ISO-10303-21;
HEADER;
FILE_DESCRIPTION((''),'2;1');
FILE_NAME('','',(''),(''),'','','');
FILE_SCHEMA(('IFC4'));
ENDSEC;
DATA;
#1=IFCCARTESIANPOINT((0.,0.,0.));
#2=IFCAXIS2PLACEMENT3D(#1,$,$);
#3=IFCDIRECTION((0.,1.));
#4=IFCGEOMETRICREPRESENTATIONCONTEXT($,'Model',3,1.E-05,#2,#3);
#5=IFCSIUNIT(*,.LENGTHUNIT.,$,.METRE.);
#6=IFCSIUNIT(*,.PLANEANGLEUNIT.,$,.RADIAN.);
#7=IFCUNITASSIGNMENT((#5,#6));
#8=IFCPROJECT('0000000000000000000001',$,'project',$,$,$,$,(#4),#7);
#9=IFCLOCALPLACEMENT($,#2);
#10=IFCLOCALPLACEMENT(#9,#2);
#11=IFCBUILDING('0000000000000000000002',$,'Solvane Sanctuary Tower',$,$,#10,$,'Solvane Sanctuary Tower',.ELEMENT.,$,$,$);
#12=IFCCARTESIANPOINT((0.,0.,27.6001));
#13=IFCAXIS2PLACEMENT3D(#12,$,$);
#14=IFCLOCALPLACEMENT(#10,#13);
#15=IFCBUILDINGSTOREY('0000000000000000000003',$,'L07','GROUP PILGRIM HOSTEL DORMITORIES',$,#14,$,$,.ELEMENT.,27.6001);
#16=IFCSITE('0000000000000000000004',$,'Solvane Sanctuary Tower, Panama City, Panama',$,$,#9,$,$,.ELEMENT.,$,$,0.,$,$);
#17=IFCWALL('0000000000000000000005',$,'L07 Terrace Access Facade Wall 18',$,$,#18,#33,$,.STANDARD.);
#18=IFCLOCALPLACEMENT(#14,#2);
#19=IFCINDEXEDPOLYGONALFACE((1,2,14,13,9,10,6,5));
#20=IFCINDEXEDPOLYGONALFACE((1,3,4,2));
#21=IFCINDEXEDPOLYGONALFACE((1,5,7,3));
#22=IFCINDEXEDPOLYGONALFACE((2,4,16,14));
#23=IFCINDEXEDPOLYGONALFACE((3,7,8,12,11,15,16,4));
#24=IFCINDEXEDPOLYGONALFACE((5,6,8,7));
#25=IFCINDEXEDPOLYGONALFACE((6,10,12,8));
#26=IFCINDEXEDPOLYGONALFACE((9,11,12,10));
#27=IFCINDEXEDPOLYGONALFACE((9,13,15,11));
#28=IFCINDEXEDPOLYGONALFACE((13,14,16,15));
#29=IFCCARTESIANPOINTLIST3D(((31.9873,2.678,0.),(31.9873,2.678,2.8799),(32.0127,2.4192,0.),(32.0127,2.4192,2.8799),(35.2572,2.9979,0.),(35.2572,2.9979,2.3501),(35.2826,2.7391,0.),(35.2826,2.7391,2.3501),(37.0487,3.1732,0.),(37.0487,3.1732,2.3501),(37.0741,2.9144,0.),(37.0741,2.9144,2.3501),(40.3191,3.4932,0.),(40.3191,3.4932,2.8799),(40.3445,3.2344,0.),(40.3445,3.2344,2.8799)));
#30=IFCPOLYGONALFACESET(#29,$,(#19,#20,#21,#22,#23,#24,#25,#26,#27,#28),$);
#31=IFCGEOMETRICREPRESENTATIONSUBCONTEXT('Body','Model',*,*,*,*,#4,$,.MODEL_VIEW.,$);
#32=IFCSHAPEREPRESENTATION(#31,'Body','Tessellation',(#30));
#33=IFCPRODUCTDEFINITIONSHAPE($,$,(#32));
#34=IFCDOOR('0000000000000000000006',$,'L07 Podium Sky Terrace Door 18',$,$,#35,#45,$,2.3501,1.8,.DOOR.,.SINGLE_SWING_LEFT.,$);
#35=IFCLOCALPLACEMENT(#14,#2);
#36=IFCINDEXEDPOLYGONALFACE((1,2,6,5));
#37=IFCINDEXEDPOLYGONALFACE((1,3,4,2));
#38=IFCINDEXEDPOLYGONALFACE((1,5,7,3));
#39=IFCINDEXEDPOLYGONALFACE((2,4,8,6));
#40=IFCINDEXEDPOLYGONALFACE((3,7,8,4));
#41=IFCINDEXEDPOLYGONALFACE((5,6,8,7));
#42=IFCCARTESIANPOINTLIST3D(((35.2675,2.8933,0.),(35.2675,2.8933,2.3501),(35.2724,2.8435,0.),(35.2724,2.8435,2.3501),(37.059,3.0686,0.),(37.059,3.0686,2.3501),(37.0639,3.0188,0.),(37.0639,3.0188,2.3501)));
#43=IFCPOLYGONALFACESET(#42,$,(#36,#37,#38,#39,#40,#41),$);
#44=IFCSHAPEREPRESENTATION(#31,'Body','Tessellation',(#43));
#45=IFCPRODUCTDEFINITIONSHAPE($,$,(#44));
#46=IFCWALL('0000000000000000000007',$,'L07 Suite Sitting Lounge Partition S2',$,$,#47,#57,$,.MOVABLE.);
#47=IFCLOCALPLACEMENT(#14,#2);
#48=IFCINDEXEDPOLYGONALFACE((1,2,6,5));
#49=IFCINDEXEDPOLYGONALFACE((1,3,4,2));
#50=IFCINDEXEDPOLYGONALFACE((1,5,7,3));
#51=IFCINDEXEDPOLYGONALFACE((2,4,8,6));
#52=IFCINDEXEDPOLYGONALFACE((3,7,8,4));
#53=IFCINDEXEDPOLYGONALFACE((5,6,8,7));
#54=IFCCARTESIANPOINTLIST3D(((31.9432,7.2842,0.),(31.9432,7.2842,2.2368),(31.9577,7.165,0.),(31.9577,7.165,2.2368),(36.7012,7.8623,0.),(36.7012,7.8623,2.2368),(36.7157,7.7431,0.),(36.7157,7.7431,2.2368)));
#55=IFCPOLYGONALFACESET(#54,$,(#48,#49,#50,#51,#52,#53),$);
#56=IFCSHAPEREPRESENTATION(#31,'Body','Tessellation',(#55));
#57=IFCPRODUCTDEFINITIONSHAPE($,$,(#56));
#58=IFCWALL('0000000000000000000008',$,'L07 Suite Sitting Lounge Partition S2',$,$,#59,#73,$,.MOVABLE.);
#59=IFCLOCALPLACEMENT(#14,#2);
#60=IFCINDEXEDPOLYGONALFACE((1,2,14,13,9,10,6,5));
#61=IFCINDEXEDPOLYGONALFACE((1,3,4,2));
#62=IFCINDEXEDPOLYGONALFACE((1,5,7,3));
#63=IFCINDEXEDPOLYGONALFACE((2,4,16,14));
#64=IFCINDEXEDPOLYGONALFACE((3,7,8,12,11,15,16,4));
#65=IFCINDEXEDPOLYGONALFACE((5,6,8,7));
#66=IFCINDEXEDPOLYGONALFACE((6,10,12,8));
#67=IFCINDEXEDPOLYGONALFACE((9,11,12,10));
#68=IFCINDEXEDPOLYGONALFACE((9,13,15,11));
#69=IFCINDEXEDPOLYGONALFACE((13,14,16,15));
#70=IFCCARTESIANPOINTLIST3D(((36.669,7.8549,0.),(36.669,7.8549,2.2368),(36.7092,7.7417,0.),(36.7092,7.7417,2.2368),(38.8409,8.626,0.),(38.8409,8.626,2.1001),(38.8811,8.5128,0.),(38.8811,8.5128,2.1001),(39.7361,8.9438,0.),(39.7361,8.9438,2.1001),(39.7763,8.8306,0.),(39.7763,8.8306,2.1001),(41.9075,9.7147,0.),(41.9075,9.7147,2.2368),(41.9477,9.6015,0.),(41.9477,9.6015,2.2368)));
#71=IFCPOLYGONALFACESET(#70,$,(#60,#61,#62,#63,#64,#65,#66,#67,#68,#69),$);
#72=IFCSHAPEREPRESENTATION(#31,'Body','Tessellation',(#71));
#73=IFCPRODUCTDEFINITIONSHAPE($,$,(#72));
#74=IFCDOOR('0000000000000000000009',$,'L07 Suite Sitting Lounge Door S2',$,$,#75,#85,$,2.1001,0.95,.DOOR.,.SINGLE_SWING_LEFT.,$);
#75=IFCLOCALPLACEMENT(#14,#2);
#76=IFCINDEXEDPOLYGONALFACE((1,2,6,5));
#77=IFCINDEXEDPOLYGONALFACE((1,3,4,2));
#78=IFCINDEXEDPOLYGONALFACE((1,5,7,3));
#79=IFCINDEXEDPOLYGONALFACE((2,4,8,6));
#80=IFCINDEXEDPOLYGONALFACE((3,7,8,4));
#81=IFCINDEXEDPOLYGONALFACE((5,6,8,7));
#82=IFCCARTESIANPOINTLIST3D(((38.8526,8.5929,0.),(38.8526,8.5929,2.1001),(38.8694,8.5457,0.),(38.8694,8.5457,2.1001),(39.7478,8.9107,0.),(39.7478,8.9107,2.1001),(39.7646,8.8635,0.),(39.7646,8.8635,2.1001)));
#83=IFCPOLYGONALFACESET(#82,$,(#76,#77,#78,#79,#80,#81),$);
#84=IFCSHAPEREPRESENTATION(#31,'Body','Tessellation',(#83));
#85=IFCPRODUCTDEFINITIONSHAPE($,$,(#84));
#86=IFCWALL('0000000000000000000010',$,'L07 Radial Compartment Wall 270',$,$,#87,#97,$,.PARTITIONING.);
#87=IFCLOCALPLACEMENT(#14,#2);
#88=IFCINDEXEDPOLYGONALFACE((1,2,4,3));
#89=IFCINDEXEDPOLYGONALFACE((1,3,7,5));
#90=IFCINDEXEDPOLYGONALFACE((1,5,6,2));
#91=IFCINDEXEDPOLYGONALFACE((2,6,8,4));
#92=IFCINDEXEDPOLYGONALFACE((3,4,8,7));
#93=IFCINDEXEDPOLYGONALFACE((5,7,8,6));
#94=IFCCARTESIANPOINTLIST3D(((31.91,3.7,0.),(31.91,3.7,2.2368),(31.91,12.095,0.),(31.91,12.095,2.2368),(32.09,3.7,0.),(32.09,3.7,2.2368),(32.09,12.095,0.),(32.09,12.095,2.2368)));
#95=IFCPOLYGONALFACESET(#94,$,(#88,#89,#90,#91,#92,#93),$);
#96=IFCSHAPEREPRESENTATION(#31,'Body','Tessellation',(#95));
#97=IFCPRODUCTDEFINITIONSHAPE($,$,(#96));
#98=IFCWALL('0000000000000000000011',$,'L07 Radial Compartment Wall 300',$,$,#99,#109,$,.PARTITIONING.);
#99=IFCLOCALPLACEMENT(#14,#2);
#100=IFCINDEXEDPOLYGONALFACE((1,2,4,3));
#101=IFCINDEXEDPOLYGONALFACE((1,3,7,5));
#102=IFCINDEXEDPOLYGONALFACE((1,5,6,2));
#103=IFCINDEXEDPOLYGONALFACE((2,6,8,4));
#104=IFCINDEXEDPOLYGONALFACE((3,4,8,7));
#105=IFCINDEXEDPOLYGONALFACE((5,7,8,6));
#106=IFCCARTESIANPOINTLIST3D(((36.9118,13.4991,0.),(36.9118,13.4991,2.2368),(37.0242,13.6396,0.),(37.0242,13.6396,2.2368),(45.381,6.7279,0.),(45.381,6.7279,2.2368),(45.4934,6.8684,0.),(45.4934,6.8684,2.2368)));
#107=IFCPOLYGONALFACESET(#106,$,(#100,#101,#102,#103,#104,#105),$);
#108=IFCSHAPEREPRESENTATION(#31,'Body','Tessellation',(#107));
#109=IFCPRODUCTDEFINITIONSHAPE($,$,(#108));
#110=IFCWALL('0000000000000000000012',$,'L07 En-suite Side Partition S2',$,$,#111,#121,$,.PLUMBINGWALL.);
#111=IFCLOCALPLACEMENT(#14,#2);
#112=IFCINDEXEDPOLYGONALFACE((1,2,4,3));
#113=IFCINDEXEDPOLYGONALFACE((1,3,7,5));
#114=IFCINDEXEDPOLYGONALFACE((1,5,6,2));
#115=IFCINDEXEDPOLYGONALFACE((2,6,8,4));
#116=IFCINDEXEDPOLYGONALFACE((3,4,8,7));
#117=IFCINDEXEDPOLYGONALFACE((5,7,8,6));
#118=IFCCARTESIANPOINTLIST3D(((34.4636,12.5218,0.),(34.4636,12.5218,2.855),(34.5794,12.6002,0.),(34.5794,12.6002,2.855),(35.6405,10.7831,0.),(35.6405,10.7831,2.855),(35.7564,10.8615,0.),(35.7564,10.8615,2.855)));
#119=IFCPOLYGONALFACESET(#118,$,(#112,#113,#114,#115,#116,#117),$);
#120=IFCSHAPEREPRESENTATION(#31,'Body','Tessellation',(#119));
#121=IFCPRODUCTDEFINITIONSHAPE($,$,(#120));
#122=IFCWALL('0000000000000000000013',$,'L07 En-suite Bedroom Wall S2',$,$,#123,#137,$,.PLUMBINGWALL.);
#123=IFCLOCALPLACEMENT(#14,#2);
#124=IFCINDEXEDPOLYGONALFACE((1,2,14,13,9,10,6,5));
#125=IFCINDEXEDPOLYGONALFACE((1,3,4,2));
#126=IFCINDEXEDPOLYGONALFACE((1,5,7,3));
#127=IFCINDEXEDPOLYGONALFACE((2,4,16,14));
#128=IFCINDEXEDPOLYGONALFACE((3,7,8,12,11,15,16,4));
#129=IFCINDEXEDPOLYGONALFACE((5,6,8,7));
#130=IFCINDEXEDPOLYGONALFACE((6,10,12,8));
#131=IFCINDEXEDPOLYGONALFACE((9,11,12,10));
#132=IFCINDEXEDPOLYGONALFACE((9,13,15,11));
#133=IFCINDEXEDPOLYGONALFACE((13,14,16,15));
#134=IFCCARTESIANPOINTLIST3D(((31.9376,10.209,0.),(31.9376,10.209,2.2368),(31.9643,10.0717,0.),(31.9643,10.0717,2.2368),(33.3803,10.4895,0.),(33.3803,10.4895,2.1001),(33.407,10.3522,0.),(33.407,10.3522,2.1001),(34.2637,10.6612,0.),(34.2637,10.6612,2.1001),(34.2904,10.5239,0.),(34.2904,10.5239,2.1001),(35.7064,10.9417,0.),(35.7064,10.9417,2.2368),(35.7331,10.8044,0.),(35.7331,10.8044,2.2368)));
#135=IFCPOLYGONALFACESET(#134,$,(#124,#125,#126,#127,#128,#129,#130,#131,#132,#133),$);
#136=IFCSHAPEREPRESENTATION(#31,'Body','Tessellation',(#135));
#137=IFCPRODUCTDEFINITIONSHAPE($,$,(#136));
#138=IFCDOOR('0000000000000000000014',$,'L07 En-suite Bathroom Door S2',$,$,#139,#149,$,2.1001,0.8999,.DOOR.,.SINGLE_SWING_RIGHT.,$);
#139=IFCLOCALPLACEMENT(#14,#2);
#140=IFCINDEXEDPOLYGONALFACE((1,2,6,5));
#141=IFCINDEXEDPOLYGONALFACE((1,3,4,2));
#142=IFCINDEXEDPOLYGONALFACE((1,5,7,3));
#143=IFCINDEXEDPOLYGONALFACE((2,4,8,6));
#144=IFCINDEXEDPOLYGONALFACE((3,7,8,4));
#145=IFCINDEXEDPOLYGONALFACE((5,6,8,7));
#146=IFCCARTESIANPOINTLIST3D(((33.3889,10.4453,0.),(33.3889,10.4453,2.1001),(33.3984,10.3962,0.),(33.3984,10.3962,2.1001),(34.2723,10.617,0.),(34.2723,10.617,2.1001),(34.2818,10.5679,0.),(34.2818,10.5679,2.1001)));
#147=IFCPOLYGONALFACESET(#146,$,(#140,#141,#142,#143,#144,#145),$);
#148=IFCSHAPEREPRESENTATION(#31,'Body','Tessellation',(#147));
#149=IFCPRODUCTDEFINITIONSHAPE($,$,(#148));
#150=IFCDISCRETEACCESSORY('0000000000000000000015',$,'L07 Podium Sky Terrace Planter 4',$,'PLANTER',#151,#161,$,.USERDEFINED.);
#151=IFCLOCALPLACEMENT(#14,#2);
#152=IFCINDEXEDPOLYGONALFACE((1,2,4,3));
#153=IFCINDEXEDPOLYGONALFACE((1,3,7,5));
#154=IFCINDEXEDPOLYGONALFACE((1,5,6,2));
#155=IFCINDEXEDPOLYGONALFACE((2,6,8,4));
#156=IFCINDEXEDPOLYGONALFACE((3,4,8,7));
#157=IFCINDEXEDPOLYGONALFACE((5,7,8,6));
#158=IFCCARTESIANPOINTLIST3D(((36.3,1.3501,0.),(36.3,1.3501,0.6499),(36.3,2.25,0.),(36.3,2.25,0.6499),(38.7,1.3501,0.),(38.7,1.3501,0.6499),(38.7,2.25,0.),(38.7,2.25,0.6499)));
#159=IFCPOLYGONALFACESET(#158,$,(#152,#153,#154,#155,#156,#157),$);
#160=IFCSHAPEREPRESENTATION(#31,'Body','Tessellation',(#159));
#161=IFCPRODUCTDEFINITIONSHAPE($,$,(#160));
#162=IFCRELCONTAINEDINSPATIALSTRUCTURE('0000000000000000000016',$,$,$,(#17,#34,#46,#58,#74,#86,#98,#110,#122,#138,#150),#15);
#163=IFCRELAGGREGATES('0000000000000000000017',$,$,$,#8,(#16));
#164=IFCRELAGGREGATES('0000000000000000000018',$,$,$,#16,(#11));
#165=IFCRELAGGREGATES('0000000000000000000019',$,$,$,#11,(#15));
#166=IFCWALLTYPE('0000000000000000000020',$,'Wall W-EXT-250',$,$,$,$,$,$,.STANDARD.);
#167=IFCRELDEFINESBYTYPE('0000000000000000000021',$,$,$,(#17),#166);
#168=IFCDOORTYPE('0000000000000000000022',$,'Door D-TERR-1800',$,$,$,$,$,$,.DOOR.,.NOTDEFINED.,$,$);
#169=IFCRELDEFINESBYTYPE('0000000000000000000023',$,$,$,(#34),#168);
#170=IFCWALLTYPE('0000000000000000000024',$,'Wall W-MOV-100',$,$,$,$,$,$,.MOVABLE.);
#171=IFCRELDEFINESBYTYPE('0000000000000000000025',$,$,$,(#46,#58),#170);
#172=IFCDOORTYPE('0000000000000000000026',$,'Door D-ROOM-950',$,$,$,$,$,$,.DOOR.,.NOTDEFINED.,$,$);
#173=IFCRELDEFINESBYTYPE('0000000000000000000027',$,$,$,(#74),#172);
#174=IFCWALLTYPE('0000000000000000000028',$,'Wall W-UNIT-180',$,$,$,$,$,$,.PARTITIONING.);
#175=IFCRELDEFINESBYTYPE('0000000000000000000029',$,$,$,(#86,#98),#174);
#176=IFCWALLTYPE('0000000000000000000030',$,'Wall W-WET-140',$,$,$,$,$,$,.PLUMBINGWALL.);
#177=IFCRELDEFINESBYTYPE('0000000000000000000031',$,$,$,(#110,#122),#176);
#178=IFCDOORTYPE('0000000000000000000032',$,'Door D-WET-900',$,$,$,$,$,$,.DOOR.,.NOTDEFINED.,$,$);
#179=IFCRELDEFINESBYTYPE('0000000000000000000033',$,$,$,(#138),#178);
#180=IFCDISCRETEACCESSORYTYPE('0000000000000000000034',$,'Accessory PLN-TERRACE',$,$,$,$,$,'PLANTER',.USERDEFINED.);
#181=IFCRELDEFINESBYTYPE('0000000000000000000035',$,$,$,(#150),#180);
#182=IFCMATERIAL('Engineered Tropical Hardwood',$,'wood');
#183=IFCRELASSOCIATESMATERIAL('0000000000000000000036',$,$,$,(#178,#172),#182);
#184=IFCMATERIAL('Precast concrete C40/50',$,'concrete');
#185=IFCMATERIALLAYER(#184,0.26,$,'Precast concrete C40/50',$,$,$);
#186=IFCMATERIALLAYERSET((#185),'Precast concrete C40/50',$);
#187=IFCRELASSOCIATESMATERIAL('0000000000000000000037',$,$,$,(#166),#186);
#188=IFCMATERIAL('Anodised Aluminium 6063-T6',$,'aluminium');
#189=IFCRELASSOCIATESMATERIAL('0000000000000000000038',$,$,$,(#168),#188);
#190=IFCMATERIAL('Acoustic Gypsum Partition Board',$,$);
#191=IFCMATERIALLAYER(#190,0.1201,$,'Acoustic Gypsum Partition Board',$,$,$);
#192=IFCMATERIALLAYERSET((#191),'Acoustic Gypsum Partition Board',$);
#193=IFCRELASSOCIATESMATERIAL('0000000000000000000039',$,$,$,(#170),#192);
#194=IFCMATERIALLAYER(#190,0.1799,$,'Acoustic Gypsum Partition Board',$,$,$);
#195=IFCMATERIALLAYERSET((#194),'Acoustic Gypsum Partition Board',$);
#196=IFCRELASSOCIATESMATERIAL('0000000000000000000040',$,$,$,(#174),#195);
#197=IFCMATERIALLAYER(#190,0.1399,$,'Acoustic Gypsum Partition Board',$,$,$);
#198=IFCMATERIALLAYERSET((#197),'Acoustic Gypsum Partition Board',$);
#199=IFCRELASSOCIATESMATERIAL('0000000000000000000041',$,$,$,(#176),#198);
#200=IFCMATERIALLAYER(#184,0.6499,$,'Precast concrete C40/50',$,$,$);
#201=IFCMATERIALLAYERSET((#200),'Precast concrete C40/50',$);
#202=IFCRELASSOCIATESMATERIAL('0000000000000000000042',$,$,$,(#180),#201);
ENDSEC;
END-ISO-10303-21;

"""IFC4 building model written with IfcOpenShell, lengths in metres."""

from ifc_helpers import new_model, si_unit, direction, frame, frame_2d, origin, origin_2d, place, context, subcontext, project, spatial, rectangle, extrude, material, layer, layer_set, type_object, element, fill, save


model = new_model("IFC4")

# Units and contexts
model_context = context("Model", 3, precision=1e-05, world=origin(), true_north=direction((0.0, 1.0)))
body_context = subcontext(model_context, "Body", "Model", "MODEL_VIEW")
ifc_project = project(units=[si_unit("LENGTHUNIT", "METRE"), si_unit("PLANEANGLEUNIT", "RADIAN")], contexts=[model_context])

# Site, building, storey
site_placement = place(None, origin())
site = spatial("IfcSite", under=ifc_project, at=site_placement, Name="Solvane Sanctuary Tower, Panama City, Panama", CompositionType="ELEMENT", RefElevation=0.0)
building_placement = place(site_placement, origin())
building = spatial("IfcBuilding", under=site, at=building_placement, Name="Solvane Sanctuary Tower", LongName="Solvane Sanctuary Tower", CompositionType="ELEMENT")
storey_placement = place(building_placement, frame((0.0, 0.0, 27.6001)))
storey = spatial("IfcBuildingStorey", under=building, at=storey_placement, Name="L07", Description="GROUP PILGRIM HOSTEL DORMITORIES", CompositionType="ELEMENT", Elevation=27.6001)

# Shared definitions
ifc_material_1 = material(Name="Acoustic Gypsum Partition Board")

# Shared definitions
ifc_material_2 = material(Name="Engineered Tropical Hardwood", Category="wood")
door_type_1 = type_object("IfcDoorType", Name="Door D-WET-900", OperationType="NOTDEFINED", PredefinedType="DOOR", material=ifc_material_2)

# Wall, opening, door
door_type_2 = type_object("IfcDoorType", Name="Door D-ROOM-950", OperationType="NOTDEFINED", PredefinedType="DOOR", material=ifc_material_2)
ifc_material_3 = material(Name="Precast concrete C40/50", Category="concrete")
ifc_layer_1 = layer(ifc_material_3, 0.26, Name="Precast concrete C40/50")
ifc_layer_set_1 = layer_set([ifc_layer_1], Name="Precast concrete C40/50")
wall_type_1 = type_object("IfcWallType", Name="Wall W-EXT-250", PredefinedType="STANDARD", material=ifc_layer_set_1)
wall_1_placement = place(storey_placement, frame((32.0, 2.5486, 0.0), z_axis=(0.0, 0.0, 1.0), x_axis=(0.995248, 0.097375, 0.0)))
wall_1 = element("IfcWall", 1, at=wall_1_placement, inside=storey, type_object=wall_type_1, Name="L07 Terrace Access Facade Wall 18", PredefinedType="STANDARD", context=body_context, shape_type="SweptSolid", body=[
    extrude(rectangle(XDim=8.3716, YDim=0.26, at=frame_2d((4.1858, 0.0))), origin(), (0.0, 0.0, 1.0), 2.8799),
])
opening_1_placement = place(wall_1_placement, frame((3.2856, 0.0, 0.0)))
opening_1 = element("IfcOpeningElement", 2, at=opening_1_placement, cuts=wall_1, PredefinedType="OPENING", context=body_context, shape_type="SweptSolid", body=[
    extrude(rectangle(XDim=1.8, YDim=2.3501, at=frame_2d((0.8999, 1.175))), frame((0.0, 0.1399, 0.0), z_axis=(0.0, -1.0, 0.0), x_axis=(1.0, 0.0, 0.0)), (0.0, 0.0, 1.0), 0.28),
])
ifc_material_4 = material(Name="Anodised Aluminium 6063-T6", Category="aluminium")
door_type_3 = type_object("IfcDoorType", Name="Door D-TERR-1800", OperationType="NOTDEFINED", PredefinedType="DOOR", material=ifc_material_4)
door_1_placement = place(opening_1_placement, origin())
door_1 = element("IfcDoor", 3, at=door_1_placement, inside=storey, type_object=door_type_3, Name="L07 Podium Sky Terrace Door 18", OperationType="SINGLE_SWING_LEFT", OverallHeight=2.3501, OverallWidth=1.8, PredefinedType="DOOR", context=body_context, shape_type="SweptSolid", body=[
    extrude(rectangle(XDim=1.8, YDim=2.3501, at=frame_2d((0.8999, 1.175))), frame((0.0, 0.0249, 0.0), z_axis=(0.0, -1.0, 0.0), x_axis=(1.0, 0.0, 0.0)), (0.0, 0.0, 1.0), 0.05),
])
fill(opening_1, door_1)

# Wall
ifc_layer_2 = layer(ifc_material_1, 0.1201, Name="Acoustic Gypsum Partition Board")
ifc_layer_set_2 = layer_set([ifc_layer_2], Name="Acoustic Gypsum Partition Board")
wall_type_2 = type_object("IfcWallType", Name="Wall W-MOV-100", PredefinedType="MOVABLE", material=ifc_layer_set_2)
wall_2_placement = place(storey_placement, frame((31.9504, 7.2246, 0.0), z_axis=(0.0, 0.0, 1.0), x_axis=(0.992699, 0.120617, 0.0)))
element("IfcWall", 4, at=wall_2_placement, inside=storey, type_object=wall_type_2, Name="L07 Suite Sitting Lounge Partition S2", PredefinedType="MOVABLE", context=body_context, shape_type="SweptSolid", body=[
    extrude(rectangle(XDim=4.793, YDim=0.1201, at=frame_2d((2.3965, 0.0))), origin(), (0.0, 0.0, 1.0), 2.2368),
])

# Wall, opening, door
wall_3_placement = place(storey_placement, frame((36.6892, 7.7983, 0.0), z_axis=(0.0, 0.0, 1.0), x_axis=(0.942369, 0.334575, 0.0)))
wall_3 = element("IfcWall", 5, at=wall_3_placement, inside=storey, type_object=wall_type_2, Name="L07 Suite Sitting Lounge Partition S2", PredefinedType="MOVABLE", context=body_context, shape_type="SweptSolid", body=[
    extrude(rectangle(XDim=5.5588, YDim=0.1201, at=frame_2d((2.7793, 0.0))), origin(), (0.0, 0.0, 1.0), 2.2368),
])
opening_2_placement = place(wall_3_placement, frame((2.3044, 0.0, 0.0)))
opening_2 = element("IfcOpeningElement", 6, at=opening_2_placement, cuts=wall_3, PredefinedType="OPENING", context=body_context, shape_type="SweptSolid", body=[
    extrude(rectangle(XDim=0.95, YDim=2.1001, at=frame_2d((0.4751, 1.05))), frame((0.0, 0.0701, 0.0), z_axis=(0.0, -1.0, 0.0), x_axis=(1.0, 0.0, 0.0)), (0.0, 0.0, 1.0), 0.1401),
])
door_2_placement = place(opening_2_placement, origin())
door_2 = element("IfcDoor", 7, at=door_2_placement, inside=storey, type_object=door_type_2, Name="L07 Suite Sitting Lounge Door S2", OperationType="SINGLE_SWING_LEFT", OverallHeight=2.1001, OverallWidth=0.95, PredefinedType="DOOR", context=body_context, shape_type="SweptSolid", body=[
    extrude(rectangle(XDim=0.95, YDim=2.1001, at=frame_2d((0.4751, 1.05))), frame((0.0, 0.0249, 0.0), z_axis=(0.0, -1.0, 0.0), x_axis=(1.0, 0.0, 0.0)), (0.0, 0.0, 1.0), 0.05),
])
fill(opening_2, door_2)

# Walls
ifc_layer_3 = layer(ifc_material_1, 0.1799, Name="Acoustic Gypsum Partition Board")
ifc_layer_set_3 = layer_set([ifc_layer_3], Name="Acoustic Gypsum Partition Board")
wall_type_3 = type_object("IfcWallType", Name="Wall W-UNIT-180", PredefinedType="PARTITIONING", material=ifc_layer_set_3)
wall_4_placement = place(storey_placement, frame((32.0, 12.095, 0.0), z_axis=(0.0, 0.0, 1.0), x_axis=(0.0, -1.0, 0.0)))
element("IfcWall", 8, at=wall_4_placement, inside=storey, type_object=wall_type_3, Name="L07 Radial Compartment Wall 270", PredefinedType="PARTITIONING", context=body_context, shape_type="SweptSolid", body=[
    extrude(rectangle(XDim=8.395, YDim=0.1799, at=frame_2d((4.1975, 0.0))), origin(), (0.0, 0.0, 1.0), 2.2368),
])
wall_5_placement = place(storey_placement, frame((36.968, 13.5693, 0.0), z_axis=(0.0, 0.0, 1.0), x_axis=(0.781055, -0.624462, 0.0)))
element("IfcWall", 9, at=wall_5_placement, inside=storey, type_object=wall_type_3, Name="L07 Radial Compartment Wall 300", PredefinedType="PARTITIONING", context=body_context, shape_type="SweptSolid", body=[
    extrude(rectangle(XDim=10.8433, YDim=0.1799, at=frame_2d((5.4216, 0.0))), origin(), (0.0, 0.0, 1.0), 2.2368),
])
ifc_layer_4 = layer(ifc_material_1, 0.1399, Name="Acoustic Gypsum Partition Board")
ifc_layer_set_4 = layer_set([ifc_layer_4], Name="Acoustic Gypsum Partition Board")
wall_type_4 = type_object("IfcWallType", Name="Wall W-WET-140", PredefinedType="PLUMBINGWALL", material=ifc_layer_set_4)
wall_6_placement = place(storey_placement, frame((34.5215, 12.561, 0.0), z_axis=(0.0, 0.0, 1.0), x_axis=(0.560563, -0.828112, 0.0)))
element("IfcWall", 10, at=wall_6_placement, inside=storey, type_object=wall_type_4, Name="L07 En-suite Side Partition S2", PredefinedType="PLUMBINGWALL", context=body_context, shape_type="SweptSolid", body=[
    extrude(rectangle(XDim=2.0996, YDim=0.1399, at=frame_2d((1.0498, 0.0))), origin(), (0.0, 0.0, 1.0), 2.855),
])

# Wall, opening, door
wall_7_placement = place(storey_placement, frame((31.9509, 10.1404, 0.0), z_axis=(0.0, 0.0, 1.0), x_axis=(0.981623, 0.190831, 0.0)))
wall_7 = element("IfcWall", 11, at=wall_7_placement, inside=storey, type_object=wall_type_4, Name="L07 En-suite Bedroom Wall S2", PredefinedType="PLUMBINGWALL", context=body_context, shape_type="SweptSolid", body=[
    extrude(rectangle(XDim=3.8394, YDim=0.1399, at=frame_2d((1.9197, 0.0))), origin(), (0.0, 0.0, 1.0), 2.2368),
])
opening_3_placement = place(wall_7_placement, frame((1.4697, 0.0, 0.0)))
opening_3 = element("IfcOpeningElement", 12, at=opening_3_placement, cuts=wall_7, PredefinedType="OPENING", context=body_context, shape_type="SweptSolid", body=[
    extrude(rectangle(XDim=0.8999, YDim=2.1001, at=frame_2d((0.45, 1.05))), frame((0.0, 0.0798, 0.0), z_axis=(0.0, -1.0, 0.0), x_axis=(1.0, 0.0, 0.0)), (0.0, 0.0, 1.0), 0.1599),
])
door_3_placement = place(opening_3_placement, origin())
door_3 = element("IfcDoor", 13, at=door_3_placement, inside=storey, type_object=door_type_1, Name="L07 En-suite Bathroom Door S2", OperationType="SINGLE_SWING_RIGHT", OverallHeight=2.1001, OverallWidth=0.8999, PredefinedType="DOOR", context=body_context, shape_type="SweptSolid", body=[
    extrude(rectangle(XDim=0.8999, YDim=2.1001, at=frame_2d((0.45, 1.05))), frame((0.0, 0.0249, 0.0), z_axis=(0.0, -1.0, 0.0), x_axis=(1.0, 0.0, 0.0)), (0.0, 0.0, 1.0), 0.05),
])
fill(opening_3, door_3)

# Discrete accessory
ifc_layer_5 = layer(ifc_material_3, 0.6499, Name="Precast concrete C40/50")
ifc_layer_set_5 = layer_set([ifc_layer_5], Name="Precast concrete C40/50")
discrete_accessory_type = type_object("IfcDiscreteAccessoryType", Name="Accessory PLN-TERRACE", ElementType="PLANTER", PredefinedType="USERDEFINED", material=ifc_layer_set_5)
discrete_accessory_placement = place(storey_placement, frame((37.5, 1.8, 0.0), z_axis=(0.0, 0.0, 1.0), x_axis=(1.0, 0.0, 0.0)))
element("IfcDiscreteAccessory", 14, at=discrete_accessory_placement, inside=storey, type_object=discrete_accessory_type, Name="L07 Podium Sky Terrace Planter 4", ObjectType="PLANTER", PredefinedType="USERDEFINED", context=body_context, shape_type="SweptSolid", body=[
    extrude(rectangle(XDim=2.3999, YDim=0.8999, at=origin_2d()), origin(), (0.0, 0.0, 1.0), 0.6499),
])

save(model, "model.ifc")
